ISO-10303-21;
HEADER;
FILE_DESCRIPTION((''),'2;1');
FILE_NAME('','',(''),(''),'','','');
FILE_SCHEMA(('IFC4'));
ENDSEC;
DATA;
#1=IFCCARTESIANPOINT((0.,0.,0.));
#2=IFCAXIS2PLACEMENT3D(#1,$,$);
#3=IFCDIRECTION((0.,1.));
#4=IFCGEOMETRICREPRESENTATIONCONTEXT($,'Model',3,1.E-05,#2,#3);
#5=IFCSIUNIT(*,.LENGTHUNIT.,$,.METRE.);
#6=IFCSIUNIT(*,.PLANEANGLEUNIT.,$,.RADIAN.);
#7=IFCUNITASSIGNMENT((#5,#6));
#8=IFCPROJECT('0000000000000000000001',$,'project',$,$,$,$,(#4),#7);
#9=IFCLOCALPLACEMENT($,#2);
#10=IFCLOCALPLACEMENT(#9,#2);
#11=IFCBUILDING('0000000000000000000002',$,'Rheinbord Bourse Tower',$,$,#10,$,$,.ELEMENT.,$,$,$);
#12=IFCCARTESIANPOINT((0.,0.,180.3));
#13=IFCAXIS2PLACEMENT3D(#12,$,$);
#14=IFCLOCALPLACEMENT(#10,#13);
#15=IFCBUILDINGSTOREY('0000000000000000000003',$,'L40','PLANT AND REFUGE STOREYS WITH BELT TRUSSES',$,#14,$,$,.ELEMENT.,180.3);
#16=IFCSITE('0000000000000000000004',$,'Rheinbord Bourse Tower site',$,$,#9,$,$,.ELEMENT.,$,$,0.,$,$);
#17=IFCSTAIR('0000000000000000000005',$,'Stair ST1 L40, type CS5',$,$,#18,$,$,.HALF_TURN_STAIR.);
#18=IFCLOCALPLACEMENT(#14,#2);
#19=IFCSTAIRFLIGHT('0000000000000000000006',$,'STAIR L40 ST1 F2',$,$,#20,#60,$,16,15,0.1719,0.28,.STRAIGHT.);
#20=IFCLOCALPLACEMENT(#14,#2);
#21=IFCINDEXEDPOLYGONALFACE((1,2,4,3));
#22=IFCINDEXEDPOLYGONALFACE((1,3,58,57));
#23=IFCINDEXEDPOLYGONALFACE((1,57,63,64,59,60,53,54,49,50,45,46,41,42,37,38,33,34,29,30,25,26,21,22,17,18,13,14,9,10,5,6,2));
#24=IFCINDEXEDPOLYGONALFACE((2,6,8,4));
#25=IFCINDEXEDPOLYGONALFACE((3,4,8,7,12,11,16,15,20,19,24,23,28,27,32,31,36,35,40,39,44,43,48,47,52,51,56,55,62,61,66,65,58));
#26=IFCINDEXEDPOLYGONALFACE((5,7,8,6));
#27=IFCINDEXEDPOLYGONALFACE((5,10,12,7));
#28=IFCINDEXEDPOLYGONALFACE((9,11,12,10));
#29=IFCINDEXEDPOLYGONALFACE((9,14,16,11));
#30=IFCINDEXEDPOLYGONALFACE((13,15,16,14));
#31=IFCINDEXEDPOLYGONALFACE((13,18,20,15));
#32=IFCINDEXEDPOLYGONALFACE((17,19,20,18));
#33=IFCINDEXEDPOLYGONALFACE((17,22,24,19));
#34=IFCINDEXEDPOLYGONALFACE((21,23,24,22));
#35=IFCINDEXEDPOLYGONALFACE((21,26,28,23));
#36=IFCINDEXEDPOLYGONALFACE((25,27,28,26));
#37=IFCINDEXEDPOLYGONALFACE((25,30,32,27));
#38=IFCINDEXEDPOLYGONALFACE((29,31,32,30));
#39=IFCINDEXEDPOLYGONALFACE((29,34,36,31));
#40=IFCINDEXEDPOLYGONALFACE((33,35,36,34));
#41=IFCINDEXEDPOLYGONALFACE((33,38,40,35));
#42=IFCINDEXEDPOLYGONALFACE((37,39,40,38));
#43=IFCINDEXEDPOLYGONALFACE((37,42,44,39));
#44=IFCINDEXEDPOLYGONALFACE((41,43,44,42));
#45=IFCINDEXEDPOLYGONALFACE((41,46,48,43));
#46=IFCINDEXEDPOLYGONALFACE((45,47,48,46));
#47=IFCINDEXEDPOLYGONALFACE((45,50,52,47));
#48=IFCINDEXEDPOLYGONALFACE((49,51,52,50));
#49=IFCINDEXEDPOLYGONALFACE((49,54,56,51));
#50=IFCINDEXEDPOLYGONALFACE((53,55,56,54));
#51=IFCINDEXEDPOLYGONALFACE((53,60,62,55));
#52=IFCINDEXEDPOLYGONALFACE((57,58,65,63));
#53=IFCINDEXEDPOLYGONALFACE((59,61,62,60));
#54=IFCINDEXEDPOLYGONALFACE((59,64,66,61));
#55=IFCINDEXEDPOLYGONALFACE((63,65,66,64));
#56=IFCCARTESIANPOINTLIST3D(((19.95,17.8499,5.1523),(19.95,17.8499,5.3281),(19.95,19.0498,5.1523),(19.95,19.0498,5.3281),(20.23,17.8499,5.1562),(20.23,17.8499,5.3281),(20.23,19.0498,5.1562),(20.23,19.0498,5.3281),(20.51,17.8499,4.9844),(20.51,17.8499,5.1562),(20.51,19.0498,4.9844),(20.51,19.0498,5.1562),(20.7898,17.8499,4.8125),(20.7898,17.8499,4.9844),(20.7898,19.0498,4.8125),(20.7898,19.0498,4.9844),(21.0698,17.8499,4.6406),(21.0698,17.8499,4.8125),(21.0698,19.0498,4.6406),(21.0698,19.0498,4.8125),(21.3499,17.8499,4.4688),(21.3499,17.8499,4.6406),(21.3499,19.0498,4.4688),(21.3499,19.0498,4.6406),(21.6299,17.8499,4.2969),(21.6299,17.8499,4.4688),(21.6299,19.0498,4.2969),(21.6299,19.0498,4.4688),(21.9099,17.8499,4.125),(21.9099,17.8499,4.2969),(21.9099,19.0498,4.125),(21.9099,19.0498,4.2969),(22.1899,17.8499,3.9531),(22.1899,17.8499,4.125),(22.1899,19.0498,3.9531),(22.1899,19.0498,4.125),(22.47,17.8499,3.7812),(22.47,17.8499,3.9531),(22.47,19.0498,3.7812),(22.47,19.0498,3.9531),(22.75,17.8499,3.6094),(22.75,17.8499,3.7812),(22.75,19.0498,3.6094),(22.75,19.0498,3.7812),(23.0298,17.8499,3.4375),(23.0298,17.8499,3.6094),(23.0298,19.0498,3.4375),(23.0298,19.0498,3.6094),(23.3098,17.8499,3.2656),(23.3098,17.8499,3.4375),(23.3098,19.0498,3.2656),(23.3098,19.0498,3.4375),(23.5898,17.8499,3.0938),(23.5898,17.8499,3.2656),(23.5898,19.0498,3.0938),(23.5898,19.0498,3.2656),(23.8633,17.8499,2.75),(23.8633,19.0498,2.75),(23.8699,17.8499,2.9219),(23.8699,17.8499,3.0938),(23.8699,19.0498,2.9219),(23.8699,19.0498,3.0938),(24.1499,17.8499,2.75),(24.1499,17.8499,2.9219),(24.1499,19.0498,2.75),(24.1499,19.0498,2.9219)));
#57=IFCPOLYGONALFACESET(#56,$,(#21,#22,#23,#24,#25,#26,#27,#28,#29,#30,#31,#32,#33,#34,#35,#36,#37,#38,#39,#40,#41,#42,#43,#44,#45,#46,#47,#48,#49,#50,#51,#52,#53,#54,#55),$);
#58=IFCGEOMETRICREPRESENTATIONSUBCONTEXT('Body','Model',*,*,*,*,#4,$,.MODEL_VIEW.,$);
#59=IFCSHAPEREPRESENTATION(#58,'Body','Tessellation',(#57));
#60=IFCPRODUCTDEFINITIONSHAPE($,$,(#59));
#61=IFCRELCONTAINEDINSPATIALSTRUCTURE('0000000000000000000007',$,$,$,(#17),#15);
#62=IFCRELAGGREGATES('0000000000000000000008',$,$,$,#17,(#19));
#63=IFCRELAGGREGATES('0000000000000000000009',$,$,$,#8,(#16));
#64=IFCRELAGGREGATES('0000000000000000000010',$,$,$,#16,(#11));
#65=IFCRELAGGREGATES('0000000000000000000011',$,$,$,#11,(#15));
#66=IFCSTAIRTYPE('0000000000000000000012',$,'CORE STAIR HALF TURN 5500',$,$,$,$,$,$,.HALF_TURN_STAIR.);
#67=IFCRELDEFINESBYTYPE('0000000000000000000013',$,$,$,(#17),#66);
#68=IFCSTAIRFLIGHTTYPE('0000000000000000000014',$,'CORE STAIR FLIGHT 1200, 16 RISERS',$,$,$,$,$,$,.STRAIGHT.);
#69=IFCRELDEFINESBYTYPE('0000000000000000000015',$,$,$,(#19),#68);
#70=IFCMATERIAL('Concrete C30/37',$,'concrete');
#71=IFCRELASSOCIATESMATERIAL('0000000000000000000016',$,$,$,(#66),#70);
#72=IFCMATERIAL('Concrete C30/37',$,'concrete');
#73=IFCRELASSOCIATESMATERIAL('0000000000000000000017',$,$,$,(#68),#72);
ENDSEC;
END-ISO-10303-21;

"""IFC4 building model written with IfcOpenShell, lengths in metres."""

from ifc_helpers import new_model, si_unit, direction, frame, origin, place, context, subcontext, project, spatial, polyline, outline, extrude, material, type_object, element, aggregate, save


model = new_model("IFC4")

# Units and contexts
model_context = context("Model", 3, precision=1e-05, world=origin(), true_north=direction((0.0, 1.0)))
body_context = subcontext(model_context, "Body", "Model", "MODEL_VIEW")
ifc_project = project(units=[si_unit("LENGTHUNIT", "METRE"), si_unit("PLANEANGLEUNIT", "RADIAN")], contexts=[model_context])

# Site, building, storey
site_placement = place(None, origin())
site = spatial("IfcSite", under=ifc_project, at=site_placement, Name="Rheinbord Bourse Tower site", CompositionType="ELEMENT", RefElevation=0.0)
building_placement = place(site_placement, origin())
building = spatial("IfcBuilding", under=site, at=building_placement, Name="Rheinbord Bourse Tower", CompositionType="ELEMENT")
storey_placement = place(building_placement, frame((0.0, 0.0, 180.3)))
storey = spatial("IfcBuildingStorey", under=building, at=storey_placement, Name="L40", Description="PLANT AND REFUGE STOREYS WITH BELT TRUSSES", CompositionType="ELEMENT", Elevation=180.3)

# Stair, stair flight
ifc_material_1 = material(Name="Concrete C30/37", Category="concrete")
stair_type = type_object("IfcStairType", Name="CORE STAIR HALF TURN 5500", PredefinedType="HALF_TURN_STAIR", material=ifc_material_1)
stair_placement = place(storey_placement, origin())
stair = element("IfcStair", 1, at=stair_placement, inside=storey, type_object=stair_type, Name="Stair ST1 L40, type CS5", PredefinedType="HALF_TURN_STAIR")
ifc_material_2 = material(Name="Concrete C30/37", Category="concrete")
stair_flight_type = type_object("IfcStairFlightType", Name="CORE STAIR FLIGHT 1200, 16 RISERS", PredefinedType="STRAIGHT", material=ifc_material_2)
stair_flight_placement = place(storey_placement, frame((24.1499, 18.45, 2.75), z_axis=(0.0, 0.0, 1.0), x_axis=(-1.0, 0.0, 0.0)))
stair_flight = element("IfcStairFlight", 2, at=stair_flight_placement, type_object=stair_flight_type, Name="STAIR L40 ST1 F2", NumberOfRisers=16, NumberOfTreads=15, PredefinedType="STRAIGHT", RiserHeight=0.1719, TreadLength=0.28, context=body_context, shape_type="SweptSolid", body=[
    extrude(outline(polyline([(0.0, 0.0), (0.0, 0.1719), (0.28, 0.1719), (0.28, 0.3438), (0.5601, 0.3438), (0.5601, 0.5156), (0.8401, 0.5156), (0.8401, 0.6875), (1.1201, 0.6875), (1.1201, 0.8594), (1.3999, 0.8594), (1.3999, 1.0312), (1.6799, 1.0312), (1.6799, 1.2031), (1.96, 1.2031), (1.96, 1.375), (2.24, 1.375), (2.24, 1.5469), (2.52, 1.5469), (2.52, 1.7188), (2.8, 1.7188), (2.8, 1.8906), (3.0801, 1.8906), (3.0801, 2.0625), (3.3601, 2.0625), (3.3601, 2.2344), (3.6399, 2.2344), (3.6399, 2.4062), (3.9199, 2.4062), (3.9199, 2.5781), (4.2, 2.5781), (4.2, 2.75), (4.2, 2.4023), (0.2866, 0.0), (0.0, 0.0)])), frame((0.0, 0.6001, 0.0), z_axis=(0.0, -1.0, 0.0), x_axis=(1.0, 0.0, 0.0)), (0.0, 0.0, 1.0), 1.2),
])
aggregate(stair, [stair_flight])

save(model, "model.ifc")
